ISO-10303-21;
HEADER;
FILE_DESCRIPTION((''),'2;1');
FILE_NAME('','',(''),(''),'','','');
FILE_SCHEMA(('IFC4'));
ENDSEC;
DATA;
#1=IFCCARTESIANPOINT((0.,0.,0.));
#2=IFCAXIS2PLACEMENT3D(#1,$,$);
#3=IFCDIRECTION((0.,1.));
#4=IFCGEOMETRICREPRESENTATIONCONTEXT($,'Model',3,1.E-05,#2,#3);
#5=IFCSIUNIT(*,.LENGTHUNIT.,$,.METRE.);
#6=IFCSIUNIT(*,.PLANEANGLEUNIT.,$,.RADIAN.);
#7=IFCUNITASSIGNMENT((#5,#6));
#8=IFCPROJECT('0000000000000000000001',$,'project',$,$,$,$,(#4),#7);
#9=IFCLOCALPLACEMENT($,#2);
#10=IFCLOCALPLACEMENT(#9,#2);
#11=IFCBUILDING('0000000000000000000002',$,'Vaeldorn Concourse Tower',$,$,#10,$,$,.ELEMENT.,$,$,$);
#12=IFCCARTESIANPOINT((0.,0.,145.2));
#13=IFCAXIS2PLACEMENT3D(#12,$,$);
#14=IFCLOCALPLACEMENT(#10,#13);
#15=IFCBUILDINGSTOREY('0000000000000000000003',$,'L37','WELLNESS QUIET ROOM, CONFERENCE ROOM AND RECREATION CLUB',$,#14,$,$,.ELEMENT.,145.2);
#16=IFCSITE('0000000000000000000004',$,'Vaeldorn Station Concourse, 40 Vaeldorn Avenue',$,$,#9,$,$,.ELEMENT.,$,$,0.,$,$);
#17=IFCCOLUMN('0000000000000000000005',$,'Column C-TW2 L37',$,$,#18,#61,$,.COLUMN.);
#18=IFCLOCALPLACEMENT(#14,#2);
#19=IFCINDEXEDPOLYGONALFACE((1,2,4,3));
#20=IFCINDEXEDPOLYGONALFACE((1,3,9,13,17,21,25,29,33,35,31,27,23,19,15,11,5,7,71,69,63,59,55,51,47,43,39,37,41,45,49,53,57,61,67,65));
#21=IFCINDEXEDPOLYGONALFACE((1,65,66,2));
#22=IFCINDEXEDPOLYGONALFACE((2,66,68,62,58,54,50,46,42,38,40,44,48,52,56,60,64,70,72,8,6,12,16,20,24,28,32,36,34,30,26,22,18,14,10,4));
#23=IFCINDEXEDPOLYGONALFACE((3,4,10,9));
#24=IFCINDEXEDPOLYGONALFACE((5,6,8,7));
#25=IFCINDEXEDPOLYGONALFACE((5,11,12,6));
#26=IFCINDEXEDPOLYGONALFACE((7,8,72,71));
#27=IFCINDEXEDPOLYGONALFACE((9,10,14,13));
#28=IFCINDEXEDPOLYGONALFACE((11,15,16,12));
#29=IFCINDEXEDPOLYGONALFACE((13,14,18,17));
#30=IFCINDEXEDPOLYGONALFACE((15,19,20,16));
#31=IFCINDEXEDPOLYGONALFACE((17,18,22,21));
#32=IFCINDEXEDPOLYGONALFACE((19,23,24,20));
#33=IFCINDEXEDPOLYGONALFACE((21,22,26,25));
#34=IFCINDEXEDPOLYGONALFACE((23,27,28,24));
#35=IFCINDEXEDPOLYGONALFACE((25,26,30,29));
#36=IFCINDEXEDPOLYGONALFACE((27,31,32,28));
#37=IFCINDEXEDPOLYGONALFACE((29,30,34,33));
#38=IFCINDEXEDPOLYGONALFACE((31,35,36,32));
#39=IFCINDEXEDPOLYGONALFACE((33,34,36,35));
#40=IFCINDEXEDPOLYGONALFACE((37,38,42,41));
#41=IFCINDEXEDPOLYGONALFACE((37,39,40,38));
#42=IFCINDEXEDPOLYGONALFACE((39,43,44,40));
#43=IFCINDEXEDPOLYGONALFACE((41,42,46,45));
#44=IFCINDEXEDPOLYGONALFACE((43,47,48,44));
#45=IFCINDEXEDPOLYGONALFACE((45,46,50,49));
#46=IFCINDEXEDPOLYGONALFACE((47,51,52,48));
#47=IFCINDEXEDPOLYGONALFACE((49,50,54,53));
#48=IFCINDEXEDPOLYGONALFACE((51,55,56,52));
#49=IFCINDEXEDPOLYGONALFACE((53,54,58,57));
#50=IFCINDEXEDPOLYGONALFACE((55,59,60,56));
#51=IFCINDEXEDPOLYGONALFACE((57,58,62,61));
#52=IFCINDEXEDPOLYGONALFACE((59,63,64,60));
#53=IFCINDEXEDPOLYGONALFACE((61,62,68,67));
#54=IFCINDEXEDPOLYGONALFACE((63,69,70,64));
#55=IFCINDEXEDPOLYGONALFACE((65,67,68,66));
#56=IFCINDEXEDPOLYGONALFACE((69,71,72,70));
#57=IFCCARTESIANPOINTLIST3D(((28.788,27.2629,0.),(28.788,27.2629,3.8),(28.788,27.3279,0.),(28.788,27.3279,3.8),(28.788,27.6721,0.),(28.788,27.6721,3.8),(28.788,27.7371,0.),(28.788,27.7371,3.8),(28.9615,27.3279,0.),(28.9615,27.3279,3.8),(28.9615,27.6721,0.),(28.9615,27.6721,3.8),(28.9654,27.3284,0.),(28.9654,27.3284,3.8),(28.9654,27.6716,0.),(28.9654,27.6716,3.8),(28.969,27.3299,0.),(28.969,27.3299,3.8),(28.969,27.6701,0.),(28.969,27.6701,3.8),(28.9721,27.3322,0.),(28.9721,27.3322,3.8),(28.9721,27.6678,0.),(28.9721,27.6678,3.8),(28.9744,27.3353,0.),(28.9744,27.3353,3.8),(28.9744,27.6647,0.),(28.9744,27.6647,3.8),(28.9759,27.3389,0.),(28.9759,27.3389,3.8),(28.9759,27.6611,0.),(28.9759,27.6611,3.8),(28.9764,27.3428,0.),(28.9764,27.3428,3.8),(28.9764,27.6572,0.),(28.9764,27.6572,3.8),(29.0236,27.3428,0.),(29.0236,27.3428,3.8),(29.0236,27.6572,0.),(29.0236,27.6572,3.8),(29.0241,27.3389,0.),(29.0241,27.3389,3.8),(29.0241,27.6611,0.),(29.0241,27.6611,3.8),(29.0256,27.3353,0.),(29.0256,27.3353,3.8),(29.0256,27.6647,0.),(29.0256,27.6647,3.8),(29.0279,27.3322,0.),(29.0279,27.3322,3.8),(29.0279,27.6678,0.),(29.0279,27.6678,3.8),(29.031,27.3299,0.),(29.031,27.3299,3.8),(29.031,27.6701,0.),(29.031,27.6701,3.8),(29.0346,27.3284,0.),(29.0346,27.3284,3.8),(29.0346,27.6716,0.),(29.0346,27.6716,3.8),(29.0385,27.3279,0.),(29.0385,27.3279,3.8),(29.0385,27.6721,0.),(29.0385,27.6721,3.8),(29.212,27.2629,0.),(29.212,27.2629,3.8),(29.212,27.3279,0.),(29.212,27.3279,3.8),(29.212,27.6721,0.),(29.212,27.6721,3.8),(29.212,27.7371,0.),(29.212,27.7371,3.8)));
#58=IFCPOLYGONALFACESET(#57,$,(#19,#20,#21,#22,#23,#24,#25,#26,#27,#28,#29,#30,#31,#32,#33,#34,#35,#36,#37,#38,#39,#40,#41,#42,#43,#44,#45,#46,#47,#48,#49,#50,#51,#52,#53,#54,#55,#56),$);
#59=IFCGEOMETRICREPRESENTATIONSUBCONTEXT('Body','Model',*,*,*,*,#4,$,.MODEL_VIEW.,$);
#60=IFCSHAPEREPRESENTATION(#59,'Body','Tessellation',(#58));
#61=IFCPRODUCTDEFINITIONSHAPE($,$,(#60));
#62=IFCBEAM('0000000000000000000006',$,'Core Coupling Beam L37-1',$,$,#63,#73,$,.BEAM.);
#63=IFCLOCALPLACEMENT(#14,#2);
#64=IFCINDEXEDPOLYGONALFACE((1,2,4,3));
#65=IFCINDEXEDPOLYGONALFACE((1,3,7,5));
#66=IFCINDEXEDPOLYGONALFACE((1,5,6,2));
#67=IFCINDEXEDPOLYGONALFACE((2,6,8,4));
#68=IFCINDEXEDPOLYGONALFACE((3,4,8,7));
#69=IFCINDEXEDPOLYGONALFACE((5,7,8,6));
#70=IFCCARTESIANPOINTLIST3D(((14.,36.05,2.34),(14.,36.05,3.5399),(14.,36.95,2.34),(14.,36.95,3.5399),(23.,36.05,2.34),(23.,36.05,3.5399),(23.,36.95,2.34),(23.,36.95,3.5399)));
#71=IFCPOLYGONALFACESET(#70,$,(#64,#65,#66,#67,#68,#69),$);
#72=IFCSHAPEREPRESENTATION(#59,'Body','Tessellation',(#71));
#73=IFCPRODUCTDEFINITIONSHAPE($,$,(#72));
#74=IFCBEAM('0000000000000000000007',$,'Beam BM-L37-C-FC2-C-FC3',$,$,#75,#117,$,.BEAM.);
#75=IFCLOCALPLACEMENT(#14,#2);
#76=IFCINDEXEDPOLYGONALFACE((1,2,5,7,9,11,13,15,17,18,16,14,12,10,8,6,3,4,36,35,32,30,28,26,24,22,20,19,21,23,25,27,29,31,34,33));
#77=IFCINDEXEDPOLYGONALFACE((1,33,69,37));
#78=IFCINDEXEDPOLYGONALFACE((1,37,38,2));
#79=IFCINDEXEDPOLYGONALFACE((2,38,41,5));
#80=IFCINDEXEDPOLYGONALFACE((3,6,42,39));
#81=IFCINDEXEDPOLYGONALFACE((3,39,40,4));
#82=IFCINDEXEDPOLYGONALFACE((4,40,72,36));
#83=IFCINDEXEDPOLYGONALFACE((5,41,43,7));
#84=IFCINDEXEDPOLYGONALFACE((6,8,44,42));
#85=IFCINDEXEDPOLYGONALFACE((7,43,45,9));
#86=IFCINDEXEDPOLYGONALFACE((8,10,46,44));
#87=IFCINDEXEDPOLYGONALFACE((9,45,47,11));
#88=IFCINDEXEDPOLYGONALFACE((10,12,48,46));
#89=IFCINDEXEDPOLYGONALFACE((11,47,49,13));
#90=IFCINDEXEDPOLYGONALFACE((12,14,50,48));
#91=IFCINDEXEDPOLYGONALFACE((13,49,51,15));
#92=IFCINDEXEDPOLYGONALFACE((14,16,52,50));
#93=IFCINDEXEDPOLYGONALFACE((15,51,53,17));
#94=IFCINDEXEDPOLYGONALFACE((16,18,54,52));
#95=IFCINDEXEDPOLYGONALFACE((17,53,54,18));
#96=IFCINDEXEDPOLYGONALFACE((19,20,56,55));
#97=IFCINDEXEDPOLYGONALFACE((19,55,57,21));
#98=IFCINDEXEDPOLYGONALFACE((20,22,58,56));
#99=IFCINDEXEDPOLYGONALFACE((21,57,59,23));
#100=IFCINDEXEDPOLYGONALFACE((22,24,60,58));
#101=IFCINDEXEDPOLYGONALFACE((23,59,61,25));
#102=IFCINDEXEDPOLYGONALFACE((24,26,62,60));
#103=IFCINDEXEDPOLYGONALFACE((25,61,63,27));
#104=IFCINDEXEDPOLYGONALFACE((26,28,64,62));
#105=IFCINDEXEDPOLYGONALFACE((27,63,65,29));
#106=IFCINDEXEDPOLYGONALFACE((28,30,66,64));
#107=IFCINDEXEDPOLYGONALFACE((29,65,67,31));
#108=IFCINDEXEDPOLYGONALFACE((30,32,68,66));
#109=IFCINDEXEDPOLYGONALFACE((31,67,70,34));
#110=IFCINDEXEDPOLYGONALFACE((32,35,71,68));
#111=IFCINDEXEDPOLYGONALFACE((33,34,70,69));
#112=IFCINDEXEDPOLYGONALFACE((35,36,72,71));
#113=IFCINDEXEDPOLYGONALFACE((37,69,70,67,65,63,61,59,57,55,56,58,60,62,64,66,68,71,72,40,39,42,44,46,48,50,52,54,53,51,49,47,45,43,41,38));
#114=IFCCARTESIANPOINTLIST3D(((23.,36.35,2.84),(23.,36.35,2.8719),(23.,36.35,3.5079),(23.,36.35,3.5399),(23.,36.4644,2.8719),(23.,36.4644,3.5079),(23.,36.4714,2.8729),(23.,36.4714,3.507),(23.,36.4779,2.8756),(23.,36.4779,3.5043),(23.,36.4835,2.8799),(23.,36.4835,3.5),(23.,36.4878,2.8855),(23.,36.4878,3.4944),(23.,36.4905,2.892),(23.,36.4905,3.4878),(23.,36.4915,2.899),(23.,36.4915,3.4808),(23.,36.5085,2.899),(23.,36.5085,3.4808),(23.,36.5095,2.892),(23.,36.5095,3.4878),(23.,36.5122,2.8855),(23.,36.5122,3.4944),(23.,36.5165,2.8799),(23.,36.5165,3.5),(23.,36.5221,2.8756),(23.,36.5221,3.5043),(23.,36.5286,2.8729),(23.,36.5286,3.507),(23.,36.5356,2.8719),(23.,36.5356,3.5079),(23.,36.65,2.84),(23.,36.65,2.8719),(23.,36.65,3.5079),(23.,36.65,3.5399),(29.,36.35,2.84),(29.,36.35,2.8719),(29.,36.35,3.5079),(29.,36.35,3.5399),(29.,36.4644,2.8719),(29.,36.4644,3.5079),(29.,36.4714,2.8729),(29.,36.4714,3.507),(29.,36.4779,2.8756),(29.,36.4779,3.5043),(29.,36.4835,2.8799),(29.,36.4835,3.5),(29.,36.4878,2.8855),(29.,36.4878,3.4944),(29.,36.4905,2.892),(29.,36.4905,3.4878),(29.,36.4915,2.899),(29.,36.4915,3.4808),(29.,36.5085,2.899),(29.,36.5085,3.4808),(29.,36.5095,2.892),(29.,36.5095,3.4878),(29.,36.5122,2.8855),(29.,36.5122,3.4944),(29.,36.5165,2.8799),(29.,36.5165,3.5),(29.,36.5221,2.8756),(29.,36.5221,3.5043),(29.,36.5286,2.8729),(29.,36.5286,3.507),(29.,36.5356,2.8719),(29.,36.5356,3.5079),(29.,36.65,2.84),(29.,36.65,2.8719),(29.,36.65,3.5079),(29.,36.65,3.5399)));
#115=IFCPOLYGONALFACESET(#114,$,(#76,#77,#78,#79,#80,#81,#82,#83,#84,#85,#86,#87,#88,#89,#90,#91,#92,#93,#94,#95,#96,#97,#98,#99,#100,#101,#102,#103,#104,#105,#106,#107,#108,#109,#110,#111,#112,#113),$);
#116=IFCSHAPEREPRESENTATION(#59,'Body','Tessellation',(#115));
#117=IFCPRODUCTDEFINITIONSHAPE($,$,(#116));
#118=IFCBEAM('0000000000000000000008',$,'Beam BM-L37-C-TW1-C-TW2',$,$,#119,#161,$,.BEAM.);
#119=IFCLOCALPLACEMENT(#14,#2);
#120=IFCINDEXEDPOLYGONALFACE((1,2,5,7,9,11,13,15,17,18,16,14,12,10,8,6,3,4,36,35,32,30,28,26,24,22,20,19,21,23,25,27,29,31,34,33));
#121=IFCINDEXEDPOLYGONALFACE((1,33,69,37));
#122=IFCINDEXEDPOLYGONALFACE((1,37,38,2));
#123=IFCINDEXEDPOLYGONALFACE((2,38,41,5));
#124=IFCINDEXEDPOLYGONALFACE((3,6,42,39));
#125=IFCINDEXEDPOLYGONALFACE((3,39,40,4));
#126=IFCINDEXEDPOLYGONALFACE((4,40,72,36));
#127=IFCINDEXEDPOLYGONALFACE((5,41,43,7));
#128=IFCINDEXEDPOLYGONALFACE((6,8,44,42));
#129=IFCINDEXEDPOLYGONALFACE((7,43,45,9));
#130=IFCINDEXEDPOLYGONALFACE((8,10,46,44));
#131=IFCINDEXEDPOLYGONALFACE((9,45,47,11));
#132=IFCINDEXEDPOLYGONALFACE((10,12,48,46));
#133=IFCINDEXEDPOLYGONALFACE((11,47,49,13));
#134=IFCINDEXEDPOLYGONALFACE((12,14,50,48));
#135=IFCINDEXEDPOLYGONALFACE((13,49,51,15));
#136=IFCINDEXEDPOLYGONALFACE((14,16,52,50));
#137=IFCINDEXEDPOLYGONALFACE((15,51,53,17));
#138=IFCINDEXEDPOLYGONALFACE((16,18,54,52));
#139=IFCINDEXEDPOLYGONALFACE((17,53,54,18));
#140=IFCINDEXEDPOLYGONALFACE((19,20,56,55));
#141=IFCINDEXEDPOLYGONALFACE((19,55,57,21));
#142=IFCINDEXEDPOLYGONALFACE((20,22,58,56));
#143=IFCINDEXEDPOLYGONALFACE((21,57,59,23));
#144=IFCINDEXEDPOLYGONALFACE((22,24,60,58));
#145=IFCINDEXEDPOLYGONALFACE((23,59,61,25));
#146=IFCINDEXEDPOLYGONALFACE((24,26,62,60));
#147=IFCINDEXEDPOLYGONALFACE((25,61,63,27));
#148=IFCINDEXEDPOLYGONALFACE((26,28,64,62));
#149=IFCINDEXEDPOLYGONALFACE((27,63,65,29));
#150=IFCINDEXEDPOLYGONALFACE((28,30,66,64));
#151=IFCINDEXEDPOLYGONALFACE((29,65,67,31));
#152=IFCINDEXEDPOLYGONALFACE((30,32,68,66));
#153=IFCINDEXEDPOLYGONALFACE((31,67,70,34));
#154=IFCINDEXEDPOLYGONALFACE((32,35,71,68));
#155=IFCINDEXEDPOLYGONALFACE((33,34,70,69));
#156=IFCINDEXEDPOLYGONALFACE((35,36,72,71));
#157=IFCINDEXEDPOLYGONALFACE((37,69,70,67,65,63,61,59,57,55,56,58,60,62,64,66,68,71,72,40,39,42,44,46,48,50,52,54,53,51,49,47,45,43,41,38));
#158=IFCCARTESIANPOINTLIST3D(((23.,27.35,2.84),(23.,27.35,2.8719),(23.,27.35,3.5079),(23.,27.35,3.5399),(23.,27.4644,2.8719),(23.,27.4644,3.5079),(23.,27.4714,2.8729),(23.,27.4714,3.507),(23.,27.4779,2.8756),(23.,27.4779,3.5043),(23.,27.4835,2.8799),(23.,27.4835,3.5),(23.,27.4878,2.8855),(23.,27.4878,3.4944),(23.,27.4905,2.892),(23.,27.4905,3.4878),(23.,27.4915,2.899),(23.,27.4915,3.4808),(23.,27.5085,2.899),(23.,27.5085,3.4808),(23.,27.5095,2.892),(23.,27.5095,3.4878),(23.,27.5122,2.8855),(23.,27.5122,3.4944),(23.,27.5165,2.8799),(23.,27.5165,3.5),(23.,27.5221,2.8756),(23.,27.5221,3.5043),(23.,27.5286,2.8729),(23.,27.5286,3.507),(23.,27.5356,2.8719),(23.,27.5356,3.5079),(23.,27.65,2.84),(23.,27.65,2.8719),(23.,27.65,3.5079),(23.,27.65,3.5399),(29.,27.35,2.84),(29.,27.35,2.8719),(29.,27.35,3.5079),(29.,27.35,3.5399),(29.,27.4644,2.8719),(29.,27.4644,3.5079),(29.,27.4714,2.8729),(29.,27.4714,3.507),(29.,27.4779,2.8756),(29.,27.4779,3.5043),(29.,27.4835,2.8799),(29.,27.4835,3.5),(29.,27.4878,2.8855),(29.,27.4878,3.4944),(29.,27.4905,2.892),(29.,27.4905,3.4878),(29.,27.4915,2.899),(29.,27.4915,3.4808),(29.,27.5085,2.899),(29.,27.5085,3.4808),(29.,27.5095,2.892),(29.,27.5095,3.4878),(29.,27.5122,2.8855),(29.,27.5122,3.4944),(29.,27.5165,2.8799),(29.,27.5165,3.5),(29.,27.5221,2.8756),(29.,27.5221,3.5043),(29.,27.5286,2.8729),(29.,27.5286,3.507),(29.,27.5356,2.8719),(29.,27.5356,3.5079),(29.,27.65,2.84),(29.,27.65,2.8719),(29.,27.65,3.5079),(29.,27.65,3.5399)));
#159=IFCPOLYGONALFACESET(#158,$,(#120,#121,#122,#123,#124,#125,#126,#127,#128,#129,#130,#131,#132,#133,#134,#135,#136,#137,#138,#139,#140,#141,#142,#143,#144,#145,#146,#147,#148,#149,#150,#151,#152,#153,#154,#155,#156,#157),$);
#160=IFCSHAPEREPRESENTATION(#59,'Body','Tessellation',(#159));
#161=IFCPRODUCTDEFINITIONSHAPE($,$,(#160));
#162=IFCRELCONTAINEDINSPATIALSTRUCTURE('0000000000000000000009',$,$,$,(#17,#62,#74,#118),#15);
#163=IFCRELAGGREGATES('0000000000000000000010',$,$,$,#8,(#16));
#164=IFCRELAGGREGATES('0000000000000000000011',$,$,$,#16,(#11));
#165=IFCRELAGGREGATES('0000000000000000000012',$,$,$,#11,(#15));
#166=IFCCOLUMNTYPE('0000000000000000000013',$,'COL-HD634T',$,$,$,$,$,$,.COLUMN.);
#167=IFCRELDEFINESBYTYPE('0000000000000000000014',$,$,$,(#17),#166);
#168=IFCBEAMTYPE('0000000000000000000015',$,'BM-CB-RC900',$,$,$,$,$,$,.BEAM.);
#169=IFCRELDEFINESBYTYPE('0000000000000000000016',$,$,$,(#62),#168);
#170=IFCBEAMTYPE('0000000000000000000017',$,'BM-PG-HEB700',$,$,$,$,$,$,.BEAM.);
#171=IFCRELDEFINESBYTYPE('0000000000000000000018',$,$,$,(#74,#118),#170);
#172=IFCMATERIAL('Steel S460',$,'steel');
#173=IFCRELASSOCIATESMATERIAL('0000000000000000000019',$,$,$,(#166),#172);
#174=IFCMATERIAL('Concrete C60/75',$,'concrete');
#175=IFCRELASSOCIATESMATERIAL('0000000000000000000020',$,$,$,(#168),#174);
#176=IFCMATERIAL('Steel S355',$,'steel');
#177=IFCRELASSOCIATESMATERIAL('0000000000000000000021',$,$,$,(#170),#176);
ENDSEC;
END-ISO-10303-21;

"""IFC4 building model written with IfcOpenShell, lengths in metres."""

from ifc_helpers import new_model, si_unit, direction, frame, origin, origin_2d, place, context, subcontext, project, spatial, rectangle, i_section, extrude, source, transform, mapped, material, material_profile, profile_set, type_object, element, save


model = new_model("IFC4")

# Units and contexts
model_context = context("Model", 3, precision=1e-05, world=origin(), true_north=direction((0.0, 1.0)))
body_context = subcontext(model_context, "Body", "Model", "MODEL_VIEW")
ifc_project = project(units=[si_unit("LENGTHUNIT", "METRE"), si_unit("PLANEANGLEUNIT", "RADIAN")], contexts=[model_context])

# Site, building, storey
site_placement = place(None, origin())
site = spatial("IfcSite", under=ifc_project, at=site_placement, Name="Vaeldorn Station Concourse, 40 Vaeldorn Avenue", CompositionType="ELEMENT", RefElevation=0.0)
building_placement = place(site_placement, origin())
building = spatial("IfcBuilding", under=site, at=building_placement, Name="Vaeldorn Concourse Tower", CompositionType="ELEMENT")
storey_placement = place(building_placement, frame((0.0, 0.0, 145.2)))
storey = spatial("IfcBuildingStorey", under=building, at=storey_placement, Name="L37", Description="WELLNESS QUIET ROOM, CONFERENCE ROOM AND RECREATION CLUB", CompositionType="ELEMENT", Elevation=145.2)

# Column
ifc_material_1 = material(Name="Steel S460", Category="steel")
ifc_material_profile_1 = material_profile(ifc_material_1, i_section(OverallWidth=0.4241, OverallDepth=0.4741, WebThickness=0.0471, FlangeThickness=0.0649, FilletRadius=0.0149, at=origin_2d()), Name="HD 400x634")
ifc_profile_set_1 = profile_set([ifc_material_profile_1], Name="Steel S460")
column_type_1 = type_object("IfcColumnType", Name="COL-HD634T", PredefinedType="COLUMN", material=ifc_profile_set_1)
shared_shape_1 = source(origin(), body_context, "Body", "SweptSolid", [
    extrude(i_section(OverallWidth=0.4241, OverallDepth=0.4741, WebThickness=0.0471, FlangeThickness=0.0649, FilletRadius=0.0149, at=origin_2d()), origin(), (0.0, 0.0, 1.0), 3.8),
])
column_1_placement = place(storey_placement, frame((29.0, 27.5, 0.0), z_axis=(0.0, 0.0, 1.0), x_axis=(1.0, 0.0, 0.0)))
element("IfcColumn", 1, at=column_1_placement, inside=storey, type_object=column_type_1, Name="Column C-TW2 L37", PredefinedType="COLUMN", context=body_context, shape_type="MappedRepresentation", body=[
    mapped(shared_shape_1, transform((0.0, 0.0, 0.0), scale=1.0)),
])

# Beams
ifc_material_2 = material(Name="Concrete C60/75", Category="concrete")
ifc_material_profile_2 = material_profile(ifc_material_2, rectangle(XDim=0.8999, YDim=1.2, at=origin_2d()), Name="RC 900x1200")
ifc_profile_set_2 = profile_set([ifc_material_profile_2], Name="Concrete C60/75")
beam_type_1 = type_object("IfcBeamType", Name="BM-CB-RC900", PredefinedType="BEAM", material=ifc_profile_set_2)
shared_shape_2 = source(origin(), body_context, "Body", "SweptSolid", [
    extrude(rectangle(XDim=0.8999, YDim=1.2, at=origin_2d()), origin(), (0.0, 0.0, 1.0), 9.0),
])
beam_placement = place(storey_placement, frame((14.0, 36.5, 2.9399), z_axis=(1.0, 0.0, 0.0), x_axis=(0.0, 1.0, 0.0)))
element("IfcBeam", 2, at=beam_placement, inside=storey, type_object=beam_type_1, Name="Core Coupling Beam L37-1", PredefinedType="BEAM", context=body_context, shape_type="MappedRepresentation", body=[
    mapped(shared_shape_2, transform((0.0, 0.0, 0.0), scale=1.0)),
])
ifc_material_3 = material(Name="Steel S355", Category="steel")
ifc_material_profile_3 = material_profile(ifc_material_3, i_section(OverallWidth=0.3, OverallDepth=0.7, WebThickness=0.0171, FlangeThickness=0.032, FilletRadius=0.0271, at=origin_2d()), Name="HEB 700")
ifc_profile_set_3 = profile_set([ifc_material_profile_3], Name="Steel S355")
beam_type_2 = type_object("IfcBeamType", Name="BM-PG-HEB700", PredefinedType="BEAM", material=ifc_profile_set_3)
shared_shape_3 = source(origin(), body_context, "Body", "SweptSolid", [
    extrude(i_section(OverallWidth=0.3, OverallDepth=0.7, WebThickness=0.0171, FlangeThickness=0.032, FilletRadius=0.0271, at=origin_2d()), origin(), (0.0, 0.0, 1.0), 6.0),
])
for number, where, z_axis, x_axis, name in (
    (3, (23.0, 36.5, 3.1899), (1.0, 0.0, 0.0), (0.0, 1.0, 0.0), "Beam BM-L37-C-FC2-C-FC3"),
    (4, (23.0, 27.5, 3.1899), (1.0, 0.0, 0.0), (0.0, 1.0, 0.0), "Beam BM-L37-C-TW1-C-TW2"),
):
    element("IfcBeam", number, at=place(storey_placement, frame(where, z_axis=z_axis, x_axis=x_axis)), inside=storey, type_object=beam_type_2, Name=name, PredefinedType="BEAM", context=body_context, shape_type="MappedRepresentation", body=[
        mapped(shared_shape_3, transform((0.0, 0.0, 0.0), scale=1.0)),
    ])

save(model, "model.ifc")
